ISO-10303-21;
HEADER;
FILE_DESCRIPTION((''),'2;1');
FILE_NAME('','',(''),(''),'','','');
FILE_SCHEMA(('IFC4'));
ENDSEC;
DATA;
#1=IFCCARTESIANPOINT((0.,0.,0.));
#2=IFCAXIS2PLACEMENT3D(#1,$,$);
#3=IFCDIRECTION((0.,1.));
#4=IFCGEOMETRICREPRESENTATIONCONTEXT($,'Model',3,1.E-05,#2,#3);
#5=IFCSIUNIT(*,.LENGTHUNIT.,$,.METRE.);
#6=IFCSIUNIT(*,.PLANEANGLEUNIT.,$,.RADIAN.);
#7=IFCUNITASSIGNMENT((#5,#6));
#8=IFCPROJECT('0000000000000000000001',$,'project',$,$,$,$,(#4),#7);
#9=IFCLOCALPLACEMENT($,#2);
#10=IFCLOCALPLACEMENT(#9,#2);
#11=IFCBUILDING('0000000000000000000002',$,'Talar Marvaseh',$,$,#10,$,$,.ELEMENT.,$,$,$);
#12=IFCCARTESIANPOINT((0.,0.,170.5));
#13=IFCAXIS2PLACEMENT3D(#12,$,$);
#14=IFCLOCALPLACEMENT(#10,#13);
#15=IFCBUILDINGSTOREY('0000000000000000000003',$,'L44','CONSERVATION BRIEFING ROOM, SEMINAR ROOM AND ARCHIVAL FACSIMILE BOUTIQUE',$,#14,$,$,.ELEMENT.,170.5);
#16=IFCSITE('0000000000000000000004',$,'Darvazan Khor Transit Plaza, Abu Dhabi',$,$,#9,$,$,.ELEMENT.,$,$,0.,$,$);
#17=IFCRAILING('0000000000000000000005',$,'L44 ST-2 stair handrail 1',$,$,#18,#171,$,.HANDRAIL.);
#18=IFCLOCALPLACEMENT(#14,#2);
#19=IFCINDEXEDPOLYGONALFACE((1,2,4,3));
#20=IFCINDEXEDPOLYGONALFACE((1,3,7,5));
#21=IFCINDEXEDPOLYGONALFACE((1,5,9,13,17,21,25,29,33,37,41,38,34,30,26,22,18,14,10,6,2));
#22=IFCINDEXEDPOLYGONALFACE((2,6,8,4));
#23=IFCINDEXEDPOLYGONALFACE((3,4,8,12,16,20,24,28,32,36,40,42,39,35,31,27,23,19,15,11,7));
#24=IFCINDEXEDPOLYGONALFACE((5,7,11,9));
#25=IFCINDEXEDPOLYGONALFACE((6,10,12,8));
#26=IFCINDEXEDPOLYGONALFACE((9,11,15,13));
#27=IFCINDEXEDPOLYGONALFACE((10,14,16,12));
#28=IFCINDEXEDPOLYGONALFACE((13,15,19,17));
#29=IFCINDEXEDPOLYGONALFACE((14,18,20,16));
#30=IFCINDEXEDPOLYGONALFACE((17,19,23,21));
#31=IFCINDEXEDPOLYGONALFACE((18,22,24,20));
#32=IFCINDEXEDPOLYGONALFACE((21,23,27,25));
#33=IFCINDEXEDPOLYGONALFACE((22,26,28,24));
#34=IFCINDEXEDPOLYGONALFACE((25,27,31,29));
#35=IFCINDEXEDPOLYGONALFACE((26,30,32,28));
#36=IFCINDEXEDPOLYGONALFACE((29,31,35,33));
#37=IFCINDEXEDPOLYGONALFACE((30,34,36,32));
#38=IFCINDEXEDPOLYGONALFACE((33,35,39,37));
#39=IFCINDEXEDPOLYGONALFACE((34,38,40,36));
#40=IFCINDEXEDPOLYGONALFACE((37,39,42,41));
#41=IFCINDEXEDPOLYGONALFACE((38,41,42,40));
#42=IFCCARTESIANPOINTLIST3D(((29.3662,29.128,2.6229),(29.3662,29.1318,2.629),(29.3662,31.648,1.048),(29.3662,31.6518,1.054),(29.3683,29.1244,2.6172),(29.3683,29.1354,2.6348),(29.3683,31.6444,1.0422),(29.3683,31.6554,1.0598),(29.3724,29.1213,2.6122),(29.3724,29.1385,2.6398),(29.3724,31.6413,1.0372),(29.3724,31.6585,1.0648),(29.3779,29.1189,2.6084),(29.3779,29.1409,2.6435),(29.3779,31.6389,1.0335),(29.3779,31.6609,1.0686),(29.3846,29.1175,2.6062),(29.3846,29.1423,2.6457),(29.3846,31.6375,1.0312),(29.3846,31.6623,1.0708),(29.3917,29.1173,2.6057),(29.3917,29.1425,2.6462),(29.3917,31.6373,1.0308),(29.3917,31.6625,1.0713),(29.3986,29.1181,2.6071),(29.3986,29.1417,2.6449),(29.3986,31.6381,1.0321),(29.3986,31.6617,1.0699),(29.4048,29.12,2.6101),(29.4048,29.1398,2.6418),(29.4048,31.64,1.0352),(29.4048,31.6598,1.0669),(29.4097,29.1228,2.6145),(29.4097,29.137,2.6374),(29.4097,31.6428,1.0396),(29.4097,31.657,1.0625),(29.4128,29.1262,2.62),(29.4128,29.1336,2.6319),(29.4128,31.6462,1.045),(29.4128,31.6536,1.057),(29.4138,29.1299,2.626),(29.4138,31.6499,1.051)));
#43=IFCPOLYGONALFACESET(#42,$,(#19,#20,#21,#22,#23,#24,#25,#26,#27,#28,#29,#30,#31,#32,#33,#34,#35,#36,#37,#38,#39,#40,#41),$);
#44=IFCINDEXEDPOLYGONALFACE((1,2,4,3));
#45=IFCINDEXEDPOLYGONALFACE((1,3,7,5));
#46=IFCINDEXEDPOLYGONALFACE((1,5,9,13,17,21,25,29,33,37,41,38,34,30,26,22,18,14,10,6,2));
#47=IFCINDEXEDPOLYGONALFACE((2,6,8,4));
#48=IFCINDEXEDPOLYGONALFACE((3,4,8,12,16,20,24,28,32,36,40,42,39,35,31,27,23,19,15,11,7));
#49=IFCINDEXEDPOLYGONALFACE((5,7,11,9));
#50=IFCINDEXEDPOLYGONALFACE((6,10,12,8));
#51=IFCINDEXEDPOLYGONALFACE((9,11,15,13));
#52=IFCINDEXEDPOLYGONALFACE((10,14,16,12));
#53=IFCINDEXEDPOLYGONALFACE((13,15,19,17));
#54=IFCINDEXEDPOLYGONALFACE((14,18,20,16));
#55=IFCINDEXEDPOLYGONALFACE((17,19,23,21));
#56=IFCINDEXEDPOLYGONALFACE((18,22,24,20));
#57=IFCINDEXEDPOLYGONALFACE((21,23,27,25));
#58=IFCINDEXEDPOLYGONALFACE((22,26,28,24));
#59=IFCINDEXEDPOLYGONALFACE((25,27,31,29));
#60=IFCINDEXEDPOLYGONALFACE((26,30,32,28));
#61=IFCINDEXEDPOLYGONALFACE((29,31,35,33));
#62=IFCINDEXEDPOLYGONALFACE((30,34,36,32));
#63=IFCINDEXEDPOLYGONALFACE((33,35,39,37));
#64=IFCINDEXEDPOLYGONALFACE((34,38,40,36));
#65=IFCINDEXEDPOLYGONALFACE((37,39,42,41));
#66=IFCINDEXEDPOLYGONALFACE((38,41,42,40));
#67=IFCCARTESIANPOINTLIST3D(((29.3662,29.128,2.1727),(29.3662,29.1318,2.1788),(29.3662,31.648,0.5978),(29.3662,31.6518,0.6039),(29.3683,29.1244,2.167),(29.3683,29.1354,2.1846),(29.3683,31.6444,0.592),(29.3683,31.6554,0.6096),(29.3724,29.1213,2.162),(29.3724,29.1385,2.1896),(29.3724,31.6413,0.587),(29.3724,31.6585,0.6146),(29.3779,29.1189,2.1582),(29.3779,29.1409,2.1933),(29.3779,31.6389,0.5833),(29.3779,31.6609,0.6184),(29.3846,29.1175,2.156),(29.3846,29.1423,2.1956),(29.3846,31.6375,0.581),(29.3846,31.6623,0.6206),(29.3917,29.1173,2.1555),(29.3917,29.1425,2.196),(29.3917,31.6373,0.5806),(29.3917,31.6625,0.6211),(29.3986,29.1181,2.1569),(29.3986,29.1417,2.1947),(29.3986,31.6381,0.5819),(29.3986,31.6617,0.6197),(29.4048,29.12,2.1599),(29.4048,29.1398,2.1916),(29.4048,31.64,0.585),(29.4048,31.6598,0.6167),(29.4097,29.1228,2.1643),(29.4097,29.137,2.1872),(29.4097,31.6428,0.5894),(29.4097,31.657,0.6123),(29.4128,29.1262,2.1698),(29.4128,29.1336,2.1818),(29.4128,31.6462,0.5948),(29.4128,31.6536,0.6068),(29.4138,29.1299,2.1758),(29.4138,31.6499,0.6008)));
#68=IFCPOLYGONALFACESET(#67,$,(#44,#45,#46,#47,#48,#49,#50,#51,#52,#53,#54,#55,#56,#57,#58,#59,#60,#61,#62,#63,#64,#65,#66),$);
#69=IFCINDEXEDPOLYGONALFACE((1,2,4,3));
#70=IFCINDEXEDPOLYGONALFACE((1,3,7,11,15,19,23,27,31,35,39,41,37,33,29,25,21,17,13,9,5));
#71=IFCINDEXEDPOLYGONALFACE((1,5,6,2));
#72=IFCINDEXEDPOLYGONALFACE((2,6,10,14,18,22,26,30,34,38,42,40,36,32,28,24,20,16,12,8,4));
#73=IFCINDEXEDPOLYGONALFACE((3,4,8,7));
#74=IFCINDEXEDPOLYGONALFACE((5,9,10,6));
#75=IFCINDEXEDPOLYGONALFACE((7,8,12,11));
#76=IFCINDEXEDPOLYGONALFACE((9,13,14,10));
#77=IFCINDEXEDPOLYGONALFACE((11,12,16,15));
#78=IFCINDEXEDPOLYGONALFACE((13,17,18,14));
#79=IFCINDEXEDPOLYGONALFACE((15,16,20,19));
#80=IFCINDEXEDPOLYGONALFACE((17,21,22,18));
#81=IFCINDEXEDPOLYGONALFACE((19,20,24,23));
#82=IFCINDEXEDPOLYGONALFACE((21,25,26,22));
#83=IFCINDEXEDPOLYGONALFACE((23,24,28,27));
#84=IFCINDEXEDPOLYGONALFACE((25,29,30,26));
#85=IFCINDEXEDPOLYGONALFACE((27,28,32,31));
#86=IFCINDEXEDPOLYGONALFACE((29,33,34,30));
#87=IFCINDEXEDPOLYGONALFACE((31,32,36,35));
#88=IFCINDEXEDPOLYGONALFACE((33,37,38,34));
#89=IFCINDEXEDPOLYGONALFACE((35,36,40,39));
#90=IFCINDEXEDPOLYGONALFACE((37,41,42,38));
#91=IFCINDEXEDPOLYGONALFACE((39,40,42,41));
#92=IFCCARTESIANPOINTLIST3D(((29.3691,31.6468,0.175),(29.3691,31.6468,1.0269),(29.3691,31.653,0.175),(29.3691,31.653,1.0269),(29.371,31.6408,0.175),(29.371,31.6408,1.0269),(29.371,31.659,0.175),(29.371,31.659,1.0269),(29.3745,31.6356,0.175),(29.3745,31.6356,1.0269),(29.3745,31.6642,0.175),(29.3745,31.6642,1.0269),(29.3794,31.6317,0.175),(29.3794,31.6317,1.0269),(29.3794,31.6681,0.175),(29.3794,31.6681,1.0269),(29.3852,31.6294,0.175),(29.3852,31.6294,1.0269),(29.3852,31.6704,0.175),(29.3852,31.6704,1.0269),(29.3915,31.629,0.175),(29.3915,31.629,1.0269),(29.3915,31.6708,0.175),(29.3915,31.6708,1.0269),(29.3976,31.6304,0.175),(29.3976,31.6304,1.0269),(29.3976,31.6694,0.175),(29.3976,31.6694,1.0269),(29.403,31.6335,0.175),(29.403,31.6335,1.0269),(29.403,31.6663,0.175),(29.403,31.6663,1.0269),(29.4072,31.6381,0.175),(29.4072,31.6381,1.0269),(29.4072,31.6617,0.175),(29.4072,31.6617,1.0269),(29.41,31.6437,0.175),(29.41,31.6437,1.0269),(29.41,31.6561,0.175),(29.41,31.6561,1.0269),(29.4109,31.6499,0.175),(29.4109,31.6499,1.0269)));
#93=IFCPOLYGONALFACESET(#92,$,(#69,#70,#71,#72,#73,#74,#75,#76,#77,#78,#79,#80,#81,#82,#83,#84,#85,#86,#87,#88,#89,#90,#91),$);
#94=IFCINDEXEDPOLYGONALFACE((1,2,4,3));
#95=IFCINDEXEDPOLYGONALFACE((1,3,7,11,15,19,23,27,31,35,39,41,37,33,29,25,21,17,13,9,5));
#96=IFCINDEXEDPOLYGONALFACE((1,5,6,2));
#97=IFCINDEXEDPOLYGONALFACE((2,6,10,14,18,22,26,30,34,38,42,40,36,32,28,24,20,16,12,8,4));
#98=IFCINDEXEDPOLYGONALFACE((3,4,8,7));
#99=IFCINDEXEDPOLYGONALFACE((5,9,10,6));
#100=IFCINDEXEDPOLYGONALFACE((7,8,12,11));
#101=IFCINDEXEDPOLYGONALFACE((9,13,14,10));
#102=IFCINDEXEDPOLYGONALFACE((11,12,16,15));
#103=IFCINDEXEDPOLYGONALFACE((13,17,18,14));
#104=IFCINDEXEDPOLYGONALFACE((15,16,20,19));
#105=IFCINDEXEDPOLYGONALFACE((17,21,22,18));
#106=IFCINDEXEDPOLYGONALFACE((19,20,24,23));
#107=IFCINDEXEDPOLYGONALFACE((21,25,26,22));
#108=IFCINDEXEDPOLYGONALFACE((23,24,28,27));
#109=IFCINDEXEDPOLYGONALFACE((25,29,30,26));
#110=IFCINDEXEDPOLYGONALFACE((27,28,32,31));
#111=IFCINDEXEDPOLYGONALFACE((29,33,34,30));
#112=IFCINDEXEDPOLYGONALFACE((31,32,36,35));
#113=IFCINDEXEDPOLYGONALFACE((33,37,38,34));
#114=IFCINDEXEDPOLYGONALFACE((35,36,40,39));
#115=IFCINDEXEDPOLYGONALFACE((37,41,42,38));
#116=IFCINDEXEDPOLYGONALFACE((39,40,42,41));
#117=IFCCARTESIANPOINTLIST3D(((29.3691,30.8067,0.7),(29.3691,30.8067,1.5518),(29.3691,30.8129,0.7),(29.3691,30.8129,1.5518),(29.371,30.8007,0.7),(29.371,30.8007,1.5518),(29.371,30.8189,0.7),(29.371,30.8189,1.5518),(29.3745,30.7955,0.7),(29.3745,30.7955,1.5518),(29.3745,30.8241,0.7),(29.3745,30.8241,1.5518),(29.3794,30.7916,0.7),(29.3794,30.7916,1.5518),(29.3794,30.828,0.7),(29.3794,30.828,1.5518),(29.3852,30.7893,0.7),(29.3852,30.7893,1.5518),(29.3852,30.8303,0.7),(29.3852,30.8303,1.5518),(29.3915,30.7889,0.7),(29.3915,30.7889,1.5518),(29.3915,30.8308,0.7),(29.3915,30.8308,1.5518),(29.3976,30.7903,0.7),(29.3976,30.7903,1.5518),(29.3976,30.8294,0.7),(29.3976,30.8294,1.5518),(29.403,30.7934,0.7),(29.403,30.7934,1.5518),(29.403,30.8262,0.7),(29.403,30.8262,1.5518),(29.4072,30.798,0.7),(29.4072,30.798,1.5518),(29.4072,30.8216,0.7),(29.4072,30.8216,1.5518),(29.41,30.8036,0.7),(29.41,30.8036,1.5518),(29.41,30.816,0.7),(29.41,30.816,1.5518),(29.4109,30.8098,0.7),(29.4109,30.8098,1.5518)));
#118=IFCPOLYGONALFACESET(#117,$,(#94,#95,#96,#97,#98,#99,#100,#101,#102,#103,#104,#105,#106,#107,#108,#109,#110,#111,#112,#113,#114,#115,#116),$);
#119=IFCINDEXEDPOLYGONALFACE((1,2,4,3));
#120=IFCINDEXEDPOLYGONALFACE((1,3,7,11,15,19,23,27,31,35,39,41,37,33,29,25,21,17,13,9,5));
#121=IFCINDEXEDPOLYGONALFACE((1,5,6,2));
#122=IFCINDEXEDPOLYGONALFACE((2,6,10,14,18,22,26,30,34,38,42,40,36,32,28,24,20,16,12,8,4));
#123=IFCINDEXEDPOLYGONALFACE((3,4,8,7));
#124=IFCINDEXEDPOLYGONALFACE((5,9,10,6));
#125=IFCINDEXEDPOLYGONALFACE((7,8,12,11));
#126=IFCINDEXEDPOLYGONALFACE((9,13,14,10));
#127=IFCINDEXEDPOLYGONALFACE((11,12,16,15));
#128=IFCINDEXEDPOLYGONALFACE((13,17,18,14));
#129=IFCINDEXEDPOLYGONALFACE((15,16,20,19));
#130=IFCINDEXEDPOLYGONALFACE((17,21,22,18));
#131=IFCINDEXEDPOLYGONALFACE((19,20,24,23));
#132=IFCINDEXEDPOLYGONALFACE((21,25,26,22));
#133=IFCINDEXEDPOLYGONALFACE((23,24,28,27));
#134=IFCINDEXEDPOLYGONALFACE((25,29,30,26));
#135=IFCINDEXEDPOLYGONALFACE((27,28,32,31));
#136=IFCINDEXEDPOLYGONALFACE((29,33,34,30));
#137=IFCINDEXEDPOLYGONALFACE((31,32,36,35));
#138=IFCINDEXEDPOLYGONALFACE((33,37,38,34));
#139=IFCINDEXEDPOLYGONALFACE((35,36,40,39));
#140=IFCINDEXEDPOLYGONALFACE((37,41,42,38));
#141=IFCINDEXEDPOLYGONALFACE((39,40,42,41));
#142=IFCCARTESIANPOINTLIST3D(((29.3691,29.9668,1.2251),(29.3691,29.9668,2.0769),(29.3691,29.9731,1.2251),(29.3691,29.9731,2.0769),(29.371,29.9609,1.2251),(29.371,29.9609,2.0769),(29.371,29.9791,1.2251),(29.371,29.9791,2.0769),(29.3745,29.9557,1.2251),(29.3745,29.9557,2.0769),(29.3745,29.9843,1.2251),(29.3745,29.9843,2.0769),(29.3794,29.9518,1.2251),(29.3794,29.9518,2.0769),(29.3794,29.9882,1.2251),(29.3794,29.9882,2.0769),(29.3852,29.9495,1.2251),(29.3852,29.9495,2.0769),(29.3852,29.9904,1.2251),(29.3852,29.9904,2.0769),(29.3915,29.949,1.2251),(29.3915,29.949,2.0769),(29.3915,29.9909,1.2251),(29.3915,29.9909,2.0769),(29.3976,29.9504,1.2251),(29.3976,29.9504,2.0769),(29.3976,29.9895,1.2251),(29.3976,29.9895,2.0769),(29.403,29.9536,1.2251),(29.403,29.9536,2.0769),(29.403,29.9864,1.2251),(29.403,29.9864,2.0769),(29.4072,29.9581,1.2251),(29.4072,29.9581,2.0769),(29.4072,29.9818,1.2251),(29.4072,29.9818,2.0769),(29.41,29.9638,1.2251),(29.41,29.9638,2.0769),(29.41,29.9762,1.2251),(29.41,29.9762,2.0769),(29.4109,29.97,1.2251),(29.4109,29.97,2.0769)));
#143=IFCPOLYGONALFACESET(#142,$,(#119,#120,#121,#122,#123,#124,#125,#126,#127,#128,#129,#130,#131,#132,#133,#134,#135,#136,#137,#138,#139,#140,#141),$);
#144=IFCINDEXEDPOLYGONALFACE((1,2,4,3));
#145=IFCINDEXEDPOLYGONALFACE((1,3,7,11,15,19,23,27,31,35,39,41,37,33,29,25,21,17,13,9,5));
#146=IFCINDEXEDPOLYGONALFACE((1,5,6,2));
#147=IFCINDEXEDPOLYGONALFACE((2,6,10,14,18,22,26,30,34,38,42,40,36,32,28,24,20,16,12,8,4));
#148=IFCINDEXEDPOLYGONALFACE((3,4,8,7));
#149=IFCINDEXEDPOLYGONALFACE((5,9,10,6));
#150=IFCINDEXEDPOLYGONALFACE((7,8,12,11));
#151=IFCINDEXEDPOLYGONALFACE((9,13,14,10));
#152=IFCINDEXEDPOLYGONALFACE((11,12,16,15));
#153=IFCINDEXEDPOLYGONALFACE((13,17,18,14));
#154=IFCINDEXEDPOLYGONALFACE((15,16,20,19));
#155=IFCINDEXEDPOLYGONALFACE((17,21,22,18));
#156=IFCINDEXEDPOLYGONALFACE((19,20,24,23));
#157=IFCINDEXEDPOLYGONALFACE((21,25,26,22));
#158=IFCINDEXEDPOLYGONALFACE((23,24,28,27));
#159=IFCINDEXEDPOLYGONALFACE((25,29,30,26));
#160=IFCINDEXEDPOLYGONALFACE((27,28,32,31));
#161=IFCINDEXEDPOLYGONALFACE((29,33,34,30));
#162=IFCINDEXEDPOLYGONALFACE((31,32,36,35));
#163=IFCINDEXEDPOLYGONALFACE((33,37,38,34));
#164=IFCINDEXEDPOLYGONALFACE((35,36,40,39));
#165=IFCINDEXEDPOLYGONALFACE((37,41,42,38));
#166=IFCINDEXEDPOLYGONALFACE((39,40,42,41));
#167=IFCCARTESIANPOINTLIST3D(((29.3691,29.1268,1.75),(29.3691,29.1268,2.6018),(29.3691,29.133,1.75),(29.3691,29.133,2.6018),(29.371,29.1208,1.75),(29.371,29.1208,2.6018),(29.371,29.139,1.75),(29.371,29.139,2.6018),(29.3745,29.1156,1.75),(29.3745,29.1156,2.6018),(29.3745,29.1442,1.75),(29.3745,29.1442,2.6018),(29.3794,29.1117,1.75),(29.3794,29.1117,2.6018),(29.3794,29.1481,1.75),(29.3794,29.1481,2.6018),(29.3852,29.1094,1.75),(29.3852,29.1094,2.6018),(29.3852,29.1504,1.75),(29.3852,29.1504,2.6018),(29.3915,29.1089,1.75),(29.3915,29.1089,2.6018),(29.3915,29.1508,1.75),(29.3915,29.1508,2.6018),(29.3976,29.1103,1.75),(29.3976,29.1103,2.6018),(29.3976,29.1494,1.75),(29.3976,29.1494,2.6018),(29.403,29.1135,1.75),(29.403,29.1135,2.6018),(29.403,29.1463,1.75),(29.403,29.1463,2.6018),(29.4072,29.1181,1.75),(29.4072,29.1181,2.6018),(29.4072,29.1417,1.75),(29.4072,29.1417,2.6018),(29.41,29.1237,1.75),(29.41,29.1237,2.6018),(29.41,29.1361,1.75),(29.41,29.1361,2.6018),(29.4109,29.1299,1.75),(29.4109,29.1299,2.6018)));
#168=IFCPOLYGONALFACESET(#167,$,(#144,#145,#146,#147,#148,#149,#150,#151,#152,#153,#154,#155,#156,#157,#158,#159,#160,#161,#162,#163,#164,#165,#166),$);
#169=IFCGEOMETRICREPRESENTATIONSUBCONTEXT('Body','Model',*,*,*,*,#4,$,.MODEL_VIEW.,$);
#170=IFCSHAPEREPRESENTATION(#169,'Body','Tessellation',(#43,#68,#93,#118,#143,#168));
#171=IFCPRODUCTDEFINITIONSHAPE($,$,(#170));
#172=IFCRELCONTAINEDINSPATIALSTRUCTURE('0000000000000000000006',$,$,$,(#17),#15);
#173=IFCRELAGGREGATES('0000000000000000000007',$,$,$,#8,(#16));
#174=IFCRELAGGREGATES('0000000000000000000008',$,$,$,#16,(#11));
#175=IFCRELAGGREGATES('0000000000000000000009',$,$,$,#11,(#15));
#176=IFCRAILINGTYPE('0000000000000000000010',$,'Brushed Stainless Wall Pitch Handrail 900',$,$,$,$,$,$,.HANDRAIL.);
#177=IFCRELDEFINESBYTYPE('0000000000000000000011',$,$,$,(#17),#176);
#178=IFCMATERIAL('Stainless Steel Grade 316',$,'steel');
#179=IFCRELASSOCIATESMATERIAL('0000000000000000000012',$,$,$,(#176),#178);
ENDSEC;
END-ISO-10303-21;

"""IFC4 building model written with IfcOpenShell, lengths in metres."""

from ifc_helpers import new_model, si_unit, direction, frame, origin, origin_2d, place, context, subcontext, project, spatial, circle, extrude, material, type_object, element, save


model = new_model("IFC4")

# Units and contexts
model_context = context("Model", 3, precision=1e-05, world=origin(), true_north=direction((0.0, 1.0)))
body_context = subcontext(model_context, "Body", "Model", "MODEL_VIEW")
ifc_project = project(units=[si_unit("LENGTHUNIT", "METRE"), si_unit("PLANEANGLEUNIT", "RADIAN")], contexts=[model_context])

# Site, building, storey
site_placement = place(None, origin())
site = spatial("IfcSite", under=ifc_project, at=site_placement, Name="Darvazan Khor Transit Plaza, Abu Dhabi", CompositionType="ELEMENT", RefElevation=0.0)
building_placement = place(site_placement, origin())
building = spatial("IfcBuilding", under=site, at=building_placement, Name="Talar Marvaseh", CompositionType="ELEMENT")
storey_placement = place(building_placement, frame((0.0, 0.0, 170.5)))
storey = spatial("IfcBuildingStorey", under=building, at=storey_placement, Name="L44", Description="CONSERVATION BRIEFING ROOM, SEMINAR ROOM AND ARCHIVAL FACSIMILE BOUTIQUE", CompositionType="ELEMENT", Elevation=170.5)

# Shared definitions
ifc_material_1 = material(Name="Stainless Steel Grade 316", Category="steel")

# Railing
railing_type_1 = type_object("IfcRailingType", Name="Brushed Stainless Wall Pitch Handrail 900", PredefinedType="HANDRAIL", material=ifc_material_1)
railing_1_placement = place(storey_placement, frame((29.3899, 31.6499, 0.175)))
element("IfcRailing", 1, at=railing_1_placement, inside=storey, type_object=railing_type_1, Name="L44 ST-2 stair handrail 1", PredefinedType="HANDRAIL", context=body_context, shape_type="SweptSolid", body=[
    extrude(circle(Radius=0.0239, at=origin_2d()), frame((0.0, 0.0, 0.876), z_axis=(0.0, -0.848008, 0.529984), x_axis=(1.0, 0.0, 0.0)), (0.0, 0.0, 1.0), 2.9717),
    extrude(circle(Radius=0.0239, at=origin_2d()), frame((0.0, 0.0, 0.4258), z_axis=(0.0, -0.848008, 0.529984), x_axis=(1.0, 0.0, 0.0)), (0.0, 0.0, 1.0), 2.9717),
    extrude(circle(Radius=0.021, at=origin_2d()), origin(), (0.0, 0.0, 1.0), 0.8518),
    extrude(circle(Radius=0.021, at=origin_2d()), frame((0.0, -0.8401, 0.5249)), (0.0, 0.0, 1.0), 0.8518),
    extrude(circle(Radius=0.021, at=origin_2d()), frame((0.0, -1.6799, 1.05)), (0.0, 0.0, 1.0), 0.8518),
    extrude(circle(Radius=0.021, at=origin_2d()), frame((0.0, -2.52, 1.575)), (0.0, 0.0, 1.0), 0.8518),
])

save(model, "model.ifc")
